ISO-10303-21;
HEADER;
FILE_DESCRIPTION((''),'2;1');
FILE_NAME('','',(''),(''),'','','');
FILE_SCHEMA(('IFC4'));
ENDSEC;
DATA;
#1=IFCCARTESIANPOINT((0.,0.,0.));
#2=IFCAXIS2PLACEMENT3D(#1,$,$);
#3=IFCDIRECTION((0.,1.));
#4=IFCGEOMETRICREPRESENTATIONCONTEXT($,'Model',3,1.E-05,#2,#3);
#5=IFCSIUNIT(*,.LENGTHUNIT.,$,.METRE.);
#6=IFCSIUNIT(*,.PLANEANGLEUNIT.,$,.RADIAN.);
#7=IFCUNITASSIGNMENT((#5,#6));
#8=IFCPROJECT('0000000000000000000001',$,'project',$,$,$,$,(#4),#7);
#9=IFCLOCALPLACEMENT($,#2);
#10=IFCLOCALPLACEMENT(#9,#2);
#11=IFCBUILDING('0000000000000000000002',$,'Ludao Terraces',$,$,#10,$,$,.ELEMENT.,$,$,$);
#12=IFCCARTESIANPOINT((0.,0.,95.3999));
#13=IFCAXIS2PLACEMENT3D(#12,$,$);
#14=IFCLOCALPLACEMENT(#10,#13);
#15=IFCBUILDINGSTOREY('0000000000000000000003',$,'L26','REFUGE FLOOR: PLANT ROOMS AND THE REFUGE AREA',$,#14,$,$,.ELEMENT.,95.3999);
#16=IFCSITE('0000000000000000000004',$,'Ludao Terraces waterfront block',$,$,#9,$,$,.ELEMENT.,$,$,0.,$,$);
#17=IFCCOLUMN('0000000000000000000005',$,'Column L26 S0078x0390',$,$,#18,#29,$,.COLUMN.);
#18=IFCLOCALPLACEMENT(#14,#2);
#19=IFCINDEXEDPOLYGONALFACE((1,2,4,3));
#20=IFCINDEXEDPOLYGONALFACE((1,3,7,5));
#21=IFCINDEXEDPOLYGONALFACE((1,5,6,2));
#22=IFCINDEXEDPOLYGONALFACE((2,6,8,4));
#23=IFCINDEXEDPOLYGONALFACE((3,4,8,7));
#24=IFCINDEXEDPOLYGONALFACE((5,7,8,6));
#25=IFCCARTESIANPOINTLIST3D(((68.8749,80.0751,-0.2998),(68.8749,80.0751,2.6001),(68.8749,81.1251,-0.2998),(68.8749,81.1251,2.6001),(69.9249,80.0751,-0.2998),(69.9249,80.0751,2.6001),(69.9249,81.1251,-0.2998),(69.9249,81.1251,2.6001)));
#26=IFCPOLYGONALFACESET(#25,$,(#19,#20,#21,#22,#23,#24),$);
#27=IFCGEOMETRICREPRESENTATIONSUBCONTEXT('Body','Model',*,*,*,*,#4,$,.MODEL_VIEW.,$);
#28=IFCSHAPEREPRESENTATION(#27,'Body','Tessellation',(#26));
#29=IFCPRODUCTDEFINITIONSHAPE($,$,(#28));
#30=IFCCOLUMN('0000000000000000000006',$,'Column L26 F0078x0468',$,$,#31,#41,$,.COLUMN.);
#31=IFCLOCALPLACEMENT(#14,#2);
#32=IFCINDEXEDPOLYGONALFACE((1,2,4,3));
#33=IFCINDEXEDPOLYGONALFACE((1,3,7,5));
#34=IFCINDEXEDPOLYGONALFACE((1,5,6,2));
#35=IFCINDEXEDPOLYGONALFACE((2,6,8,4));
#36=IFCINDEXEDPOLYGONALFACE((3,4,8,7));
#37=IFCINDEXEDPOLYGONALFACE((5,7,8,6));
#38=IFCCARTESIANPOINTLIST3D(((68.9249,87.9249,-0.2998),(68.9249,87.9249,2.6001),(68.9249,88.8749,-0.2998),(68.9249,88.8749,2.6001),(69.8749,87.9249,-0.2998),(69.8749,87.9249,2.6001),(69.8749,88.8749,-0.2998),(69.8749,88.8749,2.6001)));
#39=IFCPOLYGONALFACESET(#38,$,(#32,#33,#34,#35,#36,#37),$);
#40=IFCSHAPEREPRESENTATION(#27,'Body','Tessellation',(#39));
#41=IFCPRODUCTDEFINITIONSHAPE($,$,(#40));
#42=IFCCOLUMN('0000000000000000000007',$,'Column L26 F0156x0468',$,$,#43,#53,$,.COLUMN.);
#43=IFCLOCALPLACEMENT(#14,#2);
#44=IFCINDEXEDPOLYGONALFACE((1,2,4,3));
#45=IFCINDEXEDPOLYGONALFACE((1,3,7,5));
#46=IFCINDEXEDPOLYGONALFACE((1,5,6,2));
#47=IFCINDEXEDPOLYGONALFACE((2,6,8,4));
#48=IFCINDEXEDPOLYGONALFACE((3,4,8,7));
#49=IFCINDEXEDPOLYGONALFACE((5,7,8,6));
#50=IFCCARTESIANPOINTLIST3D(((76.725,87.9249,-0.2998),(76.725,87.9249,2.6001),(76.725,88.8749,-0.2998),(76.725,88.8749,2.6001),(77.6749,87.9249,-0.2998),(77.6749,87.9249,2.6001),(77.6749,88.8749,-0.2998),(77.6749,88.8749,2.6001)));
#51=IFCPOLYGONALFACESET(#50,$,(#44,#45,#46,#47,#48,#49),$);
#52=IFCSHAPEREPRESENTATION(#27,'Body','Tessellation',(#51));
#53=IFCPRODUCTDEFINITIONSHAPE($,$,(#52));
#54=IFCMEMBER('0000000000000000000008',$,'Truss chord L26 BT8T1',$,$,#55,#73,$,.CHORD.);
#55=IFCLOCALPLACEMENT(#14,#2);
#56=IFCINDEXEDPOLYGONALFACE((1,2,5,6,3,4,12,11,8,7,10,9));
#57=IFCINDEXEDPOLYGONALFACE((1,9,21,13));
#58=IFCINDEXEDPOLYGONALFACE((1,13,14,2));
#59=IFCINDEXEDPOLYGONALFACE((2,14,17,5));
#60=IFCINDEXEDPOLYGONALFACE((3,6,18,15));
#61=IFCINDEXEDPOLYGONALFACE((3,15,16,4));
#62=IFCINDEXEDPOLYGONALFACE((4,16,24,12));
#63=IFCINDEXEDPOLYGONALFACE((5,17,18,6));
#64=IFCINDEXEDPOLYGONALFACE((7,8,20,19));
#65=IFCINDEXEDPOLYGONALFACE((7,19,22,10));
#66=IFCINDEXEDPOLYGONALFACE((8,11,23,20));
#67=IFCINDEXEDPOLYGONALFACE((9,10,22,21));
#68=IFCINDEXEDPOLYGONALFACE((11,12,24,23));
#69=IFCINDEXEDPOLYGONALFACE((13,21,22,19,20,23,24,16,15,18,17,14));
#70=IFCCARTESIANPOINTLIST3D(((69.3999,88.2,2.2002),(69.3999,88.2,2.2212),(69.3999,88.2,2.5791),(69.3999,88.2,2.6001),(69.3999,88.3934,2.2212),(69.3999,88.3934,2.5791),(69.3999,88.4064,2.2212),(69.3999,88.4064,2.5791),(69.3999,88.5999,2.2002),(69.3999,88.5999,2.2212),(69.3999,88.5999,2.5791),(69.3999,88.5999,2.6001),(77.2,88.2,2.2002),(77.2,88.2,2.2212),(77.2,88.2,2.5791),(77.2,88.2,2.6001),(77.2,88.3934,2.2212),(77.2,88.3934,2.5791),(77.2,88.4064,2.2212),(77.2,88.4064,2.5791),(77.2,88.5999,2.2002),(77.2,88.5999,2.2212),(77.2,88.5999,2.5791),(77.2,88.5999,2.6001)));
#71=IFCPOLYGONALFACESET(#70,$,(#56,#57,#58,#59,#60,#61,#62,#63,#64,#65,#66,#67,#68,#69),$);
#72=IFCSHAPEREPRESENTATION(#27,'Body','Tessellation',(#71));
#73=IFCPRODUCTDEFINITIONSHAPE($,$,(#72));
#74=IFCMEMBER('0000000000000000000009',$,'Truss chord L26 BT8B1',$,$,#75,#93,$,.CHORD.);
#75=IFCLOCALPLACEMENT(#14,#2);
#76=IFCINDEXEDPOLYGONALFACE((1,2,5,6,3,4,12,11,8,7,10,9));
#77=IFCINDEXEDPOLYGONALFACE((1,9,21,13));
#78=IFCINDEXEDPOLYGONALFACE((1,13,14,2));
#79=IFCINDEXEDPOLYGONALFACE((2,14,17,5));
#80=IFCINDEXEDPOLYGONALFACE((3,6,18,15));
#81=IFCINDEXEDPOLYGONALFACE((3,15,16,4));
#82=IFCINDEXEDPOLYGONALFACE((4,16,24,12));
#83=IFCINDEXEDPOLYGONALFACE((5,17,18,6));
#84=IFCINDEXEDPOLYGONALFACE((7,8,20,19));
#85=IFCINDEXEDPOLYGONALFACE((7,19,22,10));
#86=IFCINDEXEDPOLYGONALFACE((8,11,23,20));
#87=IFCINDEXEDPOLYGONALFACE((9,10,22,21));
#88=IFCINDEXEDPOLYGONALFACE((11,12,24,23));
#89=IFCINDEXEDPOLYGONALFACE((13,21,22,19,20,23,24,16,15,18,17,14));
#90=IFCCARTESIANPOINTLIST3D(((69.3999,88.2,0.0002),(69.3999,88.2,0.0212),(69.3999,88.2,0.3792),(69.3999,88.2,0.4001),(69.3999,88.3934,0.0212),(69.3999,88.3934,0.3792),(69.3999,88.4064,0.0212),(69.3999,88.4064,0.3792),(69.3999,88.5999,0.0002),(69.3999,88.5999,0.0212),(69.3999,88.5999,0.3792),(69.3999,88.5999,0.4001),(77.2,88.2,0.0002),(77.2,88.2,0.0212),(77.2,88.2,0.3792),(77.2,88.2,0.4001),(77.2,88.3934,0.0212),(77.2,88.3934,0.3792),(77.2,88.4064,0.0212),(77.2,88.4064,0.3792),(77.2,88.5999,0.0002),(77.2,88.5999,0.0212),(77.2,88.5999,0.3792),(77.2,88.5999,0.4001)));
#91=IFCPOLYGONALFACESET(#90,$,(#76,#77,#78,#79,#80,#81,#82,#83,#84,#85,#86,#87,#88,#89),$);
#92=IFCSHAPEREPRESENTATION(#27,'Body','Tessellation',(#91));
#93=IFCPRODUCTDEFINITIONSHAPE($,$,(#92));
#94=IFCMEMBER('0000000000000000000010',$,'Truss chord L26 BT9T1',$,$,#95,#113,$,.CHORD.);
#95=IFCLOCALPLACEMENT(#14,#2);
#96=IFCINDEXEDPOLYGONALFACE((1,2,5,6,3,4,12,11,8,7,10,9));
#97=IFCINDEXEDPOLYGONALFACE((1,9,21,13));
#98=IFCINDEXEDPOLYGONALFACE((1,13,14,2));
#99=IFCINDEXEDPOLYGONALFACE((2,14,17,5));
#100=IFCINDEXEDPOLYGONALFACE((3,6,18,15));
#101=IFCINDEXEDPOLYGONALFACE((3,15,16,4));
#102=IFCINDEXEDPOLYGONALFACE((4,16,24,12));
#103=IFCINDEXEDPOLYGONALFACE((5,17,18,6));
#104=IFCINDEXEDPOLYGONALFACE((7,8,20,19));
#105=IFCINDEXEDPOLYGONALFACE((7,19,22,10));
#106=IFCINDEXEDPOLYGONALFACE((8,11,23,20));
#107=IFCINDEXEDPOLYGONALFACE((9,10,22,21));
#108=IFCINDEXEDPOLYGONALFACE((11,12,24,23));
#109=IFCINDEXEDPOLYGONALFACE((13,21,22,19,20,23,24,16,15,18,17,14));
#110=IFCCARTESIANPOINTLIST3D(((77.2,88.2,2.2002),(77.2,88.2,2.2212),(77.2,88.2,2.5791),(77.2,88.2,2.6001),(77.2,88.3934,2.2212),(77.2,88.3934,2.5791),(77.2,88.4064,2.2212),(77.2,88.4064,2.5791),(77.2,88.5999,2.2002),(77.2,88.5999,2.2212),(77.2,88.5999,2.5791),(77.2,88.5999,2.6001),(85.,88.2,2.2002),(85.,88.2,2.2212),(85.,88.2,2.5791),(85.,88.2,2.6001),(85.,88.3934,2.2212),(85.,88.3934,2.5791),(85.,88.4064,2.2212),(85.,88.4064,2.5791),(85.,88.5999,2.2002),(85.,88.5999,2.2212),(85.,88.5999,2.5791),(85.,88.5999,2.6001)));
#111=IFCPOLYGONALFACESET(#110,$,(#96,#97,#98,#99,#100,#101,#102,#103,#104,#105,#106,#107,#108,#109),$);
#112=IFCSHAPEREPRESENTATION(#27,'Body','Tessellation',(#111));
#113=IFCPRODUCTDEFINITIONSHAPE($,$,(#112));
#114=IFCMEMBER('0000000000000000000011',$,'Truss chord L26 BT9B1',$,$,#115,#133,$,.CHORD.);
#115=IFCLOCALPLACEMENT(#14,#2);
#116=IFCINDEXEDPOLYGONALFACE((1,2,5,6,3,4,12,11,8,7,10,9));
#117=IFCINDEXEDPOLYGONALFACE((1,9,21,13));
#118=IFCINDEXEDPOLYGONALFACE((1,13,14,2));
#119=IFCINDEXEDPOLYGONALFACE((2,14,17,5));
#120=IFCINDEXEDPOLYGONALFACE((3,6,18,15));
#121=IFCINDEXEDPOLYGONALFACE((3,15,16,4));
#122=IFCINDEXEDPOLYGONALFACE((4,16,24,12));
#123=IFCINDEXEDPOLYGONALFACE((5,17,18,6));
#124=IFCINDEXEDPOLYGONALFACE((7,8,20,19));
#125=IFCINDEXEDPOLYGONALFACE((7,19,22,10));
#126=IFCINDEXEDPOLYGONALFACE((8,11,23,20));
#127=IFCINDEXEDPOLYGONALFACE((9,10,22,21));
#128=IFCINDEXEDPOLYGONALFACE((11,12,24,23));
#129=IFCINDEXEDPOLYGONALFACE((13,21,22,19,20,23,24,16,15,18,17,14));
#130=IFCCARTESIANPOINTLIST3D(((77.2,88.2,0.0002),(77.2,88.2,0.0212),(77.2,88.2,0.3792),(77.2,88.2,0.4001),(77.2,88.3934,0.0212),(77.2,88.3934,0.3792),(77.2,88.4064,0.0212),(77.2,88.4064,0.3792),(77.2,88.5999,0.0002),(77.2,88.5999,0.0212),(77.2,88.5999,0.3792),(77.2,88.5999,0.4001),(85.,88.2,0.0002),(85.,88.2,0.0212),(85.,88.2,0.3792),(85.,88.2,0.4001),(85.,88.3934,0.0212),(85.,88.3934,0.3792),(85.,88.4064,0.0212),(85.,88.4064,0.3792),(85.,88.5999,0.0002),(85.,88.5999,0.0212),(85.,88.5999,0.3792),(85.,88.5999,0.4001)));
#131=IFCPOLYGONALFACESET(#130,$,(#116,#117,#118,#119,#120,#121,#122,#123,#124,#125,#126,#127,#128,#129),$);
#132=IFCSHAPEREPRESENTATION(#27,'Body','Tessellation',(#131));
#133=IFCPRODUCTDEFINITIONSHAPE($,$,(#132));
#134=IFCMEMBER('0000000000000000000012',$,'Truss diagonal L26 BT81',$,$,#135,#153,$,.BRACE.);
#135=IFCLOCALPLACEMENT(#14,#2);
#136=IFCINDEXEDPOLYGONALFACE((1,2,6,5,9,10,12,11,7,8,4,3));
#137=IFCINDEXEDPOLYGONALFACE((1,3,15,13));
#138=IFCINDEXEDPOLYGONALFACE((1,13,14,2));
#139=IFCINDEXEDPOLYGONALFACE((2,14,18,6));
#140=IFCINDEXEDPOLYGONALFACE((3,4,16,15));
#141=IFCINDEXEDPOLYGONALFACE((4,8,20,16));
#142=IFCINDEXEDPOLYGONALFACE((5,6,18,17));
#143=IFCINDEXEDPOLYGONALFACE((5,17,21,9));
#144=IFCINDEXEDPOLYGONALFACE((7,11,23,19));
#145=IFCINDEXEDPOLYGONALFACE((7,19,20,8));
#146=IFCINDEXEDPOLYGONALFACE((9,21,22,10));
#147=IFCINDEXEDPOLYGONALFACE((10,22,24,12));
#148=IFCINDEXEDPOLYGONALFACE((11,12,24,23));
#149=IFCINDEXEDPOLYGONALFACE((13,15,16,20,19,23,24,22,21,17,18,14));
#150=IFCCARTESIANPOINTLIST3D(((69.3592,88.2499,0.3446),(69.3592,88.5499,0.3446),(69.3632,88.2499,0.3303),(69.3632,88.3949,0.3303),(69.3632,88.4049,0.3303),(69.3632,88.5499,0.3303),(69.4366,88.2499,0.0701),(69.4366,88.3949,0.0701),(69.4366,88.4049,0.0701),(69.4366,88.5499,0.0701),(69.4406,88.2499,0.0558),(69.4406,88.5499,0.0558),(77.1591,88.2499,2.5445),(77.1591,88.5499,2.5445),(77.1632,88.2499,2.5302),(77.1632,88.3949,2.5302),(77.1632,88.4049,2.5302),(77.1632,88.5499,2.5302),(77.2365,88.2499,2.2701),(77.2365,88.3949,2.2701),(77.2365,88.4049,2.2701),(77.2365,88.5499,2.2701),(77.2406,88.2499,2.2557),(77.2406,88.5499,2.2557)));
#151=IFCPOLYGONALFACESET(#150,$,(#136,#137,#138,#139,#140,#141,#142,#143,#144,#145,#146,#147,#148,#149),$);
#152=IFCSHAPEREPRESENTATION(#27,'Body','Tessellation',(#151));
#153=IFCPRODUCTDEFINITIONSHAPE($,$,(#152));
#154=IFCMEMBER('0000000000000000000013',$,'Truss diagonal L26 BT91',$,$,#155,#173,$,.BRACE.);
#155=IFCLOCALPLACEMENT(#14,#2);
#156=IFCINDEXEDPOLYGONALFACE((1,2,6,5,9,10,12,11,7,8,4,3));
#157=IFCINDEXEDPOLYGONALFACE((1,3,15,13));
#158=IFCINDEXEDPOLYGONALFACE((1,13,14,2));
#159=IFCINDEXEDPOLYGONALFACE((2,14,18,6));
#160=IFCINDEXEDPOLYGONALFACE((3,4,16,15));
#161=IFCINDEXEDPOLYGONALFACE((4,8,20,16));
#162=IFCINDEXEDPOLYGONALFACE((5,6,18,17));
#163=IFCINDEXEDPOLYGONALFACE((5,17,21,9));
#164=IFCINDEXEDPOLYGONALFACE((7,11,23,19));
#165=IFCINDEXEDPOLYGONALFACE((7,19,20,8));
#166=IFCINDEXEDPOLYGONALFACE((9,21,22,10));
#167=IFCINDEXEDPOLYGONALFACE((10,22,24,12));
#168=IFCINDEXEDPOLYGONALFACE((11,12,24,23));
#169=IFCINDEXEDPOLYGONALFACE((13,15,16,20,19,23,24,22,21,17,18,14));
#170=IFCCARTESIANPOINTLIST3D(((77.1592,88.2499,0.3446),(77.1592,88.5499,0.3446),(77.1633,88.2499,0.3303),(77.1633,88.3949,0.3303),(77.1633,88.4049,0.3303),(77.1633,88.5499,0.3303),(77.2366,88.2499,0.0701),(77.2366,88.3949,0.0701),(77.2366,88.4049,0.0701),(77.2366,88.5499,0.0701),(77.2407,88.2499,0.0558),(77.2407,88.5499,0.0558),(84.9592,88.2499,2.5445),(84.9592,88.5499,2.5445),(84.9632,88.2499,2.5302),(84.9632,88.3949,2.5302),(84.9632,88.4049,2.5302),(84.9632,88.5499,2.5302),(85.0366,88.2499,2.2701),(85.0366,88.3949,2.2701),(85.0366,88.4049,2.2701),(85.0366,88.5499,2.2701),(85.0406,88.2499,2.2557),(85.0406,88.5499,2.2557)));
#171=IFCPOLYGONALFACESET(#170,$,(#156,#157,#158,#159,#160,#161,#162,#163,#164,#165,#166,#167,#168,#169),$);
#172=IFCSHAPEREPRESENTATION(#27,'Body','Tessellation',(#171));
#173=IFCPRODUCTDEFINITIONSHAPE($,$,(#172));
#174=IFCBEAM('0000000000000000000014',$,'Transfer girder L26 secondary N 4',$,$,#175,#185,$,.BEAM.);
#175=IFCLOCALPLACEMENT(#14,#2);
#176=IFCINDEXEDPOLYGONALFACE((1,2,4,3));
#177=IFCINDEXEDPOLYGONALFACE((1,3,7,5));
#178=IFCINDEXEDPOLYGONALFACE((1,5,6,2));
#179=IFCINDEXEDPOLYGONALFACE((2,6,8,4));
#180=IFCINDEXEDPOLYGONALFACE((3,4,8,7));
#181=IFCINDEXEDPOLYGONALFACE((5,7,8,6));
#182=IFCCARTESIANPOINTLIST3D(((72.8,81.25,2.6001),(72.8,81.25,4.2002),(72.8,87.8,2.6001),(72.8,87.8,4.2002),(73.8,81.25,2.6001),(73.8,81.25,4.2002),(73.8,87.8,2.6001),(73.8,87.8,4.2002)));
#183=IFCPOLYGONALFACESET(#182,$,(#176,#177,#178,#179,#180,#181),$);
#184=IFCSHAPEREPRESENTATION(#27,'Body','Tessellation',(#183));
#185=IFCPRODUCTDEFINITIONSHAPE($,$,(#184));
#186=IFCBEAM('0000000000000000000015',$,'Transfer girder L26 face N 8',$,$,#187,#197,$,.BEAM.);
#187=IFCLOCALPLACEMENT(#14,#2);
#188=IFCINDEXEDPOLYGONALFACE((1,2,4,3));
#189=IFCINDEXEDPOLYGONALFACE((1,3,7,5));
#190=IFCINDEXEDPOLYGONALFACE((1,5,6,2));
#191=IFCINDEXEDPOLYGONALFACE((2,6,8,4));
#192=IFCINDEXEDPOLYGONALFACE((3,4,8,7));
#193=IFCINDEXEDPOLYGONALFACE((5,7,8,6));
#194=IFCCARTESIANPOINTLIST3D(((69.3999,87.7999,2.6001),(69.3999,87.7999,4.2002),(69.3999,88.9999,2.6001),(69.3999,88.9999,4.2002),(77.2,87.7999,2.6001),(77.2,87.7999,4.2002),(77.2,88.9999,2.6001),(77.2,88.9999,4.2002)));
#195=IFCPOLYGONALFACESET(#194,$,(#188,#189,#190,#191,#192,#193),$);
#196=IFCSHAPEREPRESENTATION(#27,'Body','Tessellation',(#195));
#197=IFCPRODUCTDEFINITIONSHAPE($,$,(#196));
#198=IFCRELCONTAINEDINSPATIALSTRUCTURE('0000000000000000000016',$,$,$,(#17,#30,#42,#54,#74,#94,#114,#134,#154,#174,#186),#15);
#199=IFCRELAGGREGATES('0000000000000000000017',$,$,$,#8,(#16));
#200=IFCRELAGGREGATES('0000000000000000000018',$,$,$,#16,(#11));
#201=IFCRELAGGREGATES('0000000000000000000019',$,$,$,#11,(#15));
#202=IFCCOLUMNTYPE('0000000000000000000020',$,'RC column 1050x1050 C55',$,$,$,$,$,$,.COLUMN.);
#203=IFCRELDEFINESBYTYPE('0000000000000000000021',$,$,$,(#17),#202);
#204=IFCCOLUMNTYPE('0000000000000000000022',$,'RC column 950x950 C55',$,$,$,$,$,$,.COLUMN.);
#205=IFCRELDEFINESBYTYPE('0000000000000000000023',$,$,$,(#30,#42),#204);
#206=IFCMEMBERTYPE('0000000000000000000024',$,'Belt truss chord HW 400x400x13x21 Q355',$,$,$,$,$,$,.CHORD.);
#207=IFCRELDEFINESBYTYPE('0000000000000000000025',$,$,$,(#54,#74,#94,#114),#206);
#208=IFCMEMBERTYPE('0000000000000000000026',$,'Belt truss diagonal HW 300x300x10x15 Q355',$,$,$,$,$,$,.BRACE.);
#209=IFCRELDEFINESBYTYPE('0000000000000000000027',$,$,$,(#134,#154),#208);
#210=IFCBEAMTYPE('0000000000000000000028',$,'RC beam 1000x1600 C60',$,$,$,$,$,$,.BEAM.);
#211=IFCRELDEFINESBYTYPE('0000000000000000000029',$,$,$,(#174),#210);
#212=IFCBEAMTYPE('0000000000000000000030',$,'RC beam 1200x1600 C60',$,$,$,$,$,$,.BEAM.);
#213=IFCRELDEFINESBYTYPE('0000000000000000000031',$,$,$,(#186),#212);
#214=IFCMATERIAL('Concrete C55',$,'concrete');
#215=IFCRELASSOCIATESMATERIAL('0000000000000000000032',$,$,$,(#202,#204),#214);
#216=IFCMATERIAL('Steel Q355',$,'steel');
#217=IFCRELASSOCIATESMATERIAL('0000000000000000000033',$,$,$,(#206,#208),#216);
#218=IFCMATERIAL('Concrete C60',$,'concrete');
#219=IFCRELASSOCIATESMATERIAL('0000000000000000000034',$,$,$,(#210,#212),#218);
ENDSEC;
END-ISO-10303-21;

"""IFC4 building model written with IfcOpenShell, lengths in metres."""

from ifc_helpers import new_model, si_unit, direction, frame, origin, origin_2d, place, context, subcontext, project, spatial, rectangle, i_section, extrude, material, material_profile, profile_set, type_object, element, save


model = new_model("IFC4")

# Units and contexts
model_context = context("Model", 3, precision=1e-05, world=origin(), true_north=direction((0.0, 1.0)))
body_context = subcontext(model_context, "Body", "Model", "MODEL_VIEW")
ifc_project = project(units=[si_unit("LENGTHUNIT", "METRE"), si_unit("PLANEANGLEUNIT", "RADIAN")], contexts=[model_context])

# Site, building, storey
site_placement = place(None, origin())
site = spatial("IfcSite", under=ifc_project, at=site_placement, Name="Ludao Terraces waterfront block", CompositionType="ELEMENT", RefElevation=0.0)
building_placement = place(site_placement, origin())
building = spatial("IfcBuilding", under=site, at=building_placement, Name="Ludao Terraces", CompositionType="ELEMENT")
storey_placement = place(building_placement, frame((0.0, 0.0, 95.3999)))
storey = spatial("IfcBuildingStorey", under=building, at=storey_placement, Name="L26", Description="REFUGE FLOOR: PLANT ROOMS AND THE REFUGE AREA", CompositionType="ELEMENT", Elevation=95.3999)

# Columns
ifc_material_1 = material(Name="Concrete C55", Category="concrete")
ifc_material_profile_1 = material_profile(ifc_material_1, rectangle(XDim=1.05, YDim=1.05, at=origin_2d()), Name="1050 X 1050")
ifc_profile_set_1 = profile_set([ifc_material_profile_1], Name="Concrete C55")
column_type_1 = type_object("IfcColumnType", Name="RC column 1050x1050 C55", PredefinedType="COLUMN", material=ifc_profile_set_1)
column_placement = place(storey_placement, frame((69.3999, 80.6001, -0.2998), z_axis=(0.0, 0.0, 1.0), x_axis=(1.0, 0.0, 0.0)))
element("IfcColumn", 1, at=column_placement, inside=storey, type_object=column_type_1, Name="Column L26 S0078x0390", PredefinedType="COLUMN", context=body_context, shape_type="SweptSolid", body=[
    extrude(rectangle(XDim=1.05, YDim=1.05, at=origin_2d()), origin(), (0.0, 0.0, 1.0), 2.8999),
])
ifc_material_profile_2 = material_profile(ifc_material_1, rectangle(XDim=0.95, YDim=0.95, at=origin_2d()), Name="950 X 950")
ifc_profile_set_2 = profile_set([ifc_material_profile_2], Name="Concrete C55")
column_type_2 = type_object("IfcColumnType", Name="RC column 950x950 C55", PredefinedType="COLUMN", material=ifc_profile_set_2)
for number, where, z_axis, x_axis, name in (
    (2, (69.3999, 88.3999, -0.2998), (0.0, 0.0, 1.0), (1.0, 0.0, 0.0), "Column L26 F0078x0468"),
    (3, (77.2, 88.3999, -0.2998), (0.0, 0.0, 1.0), (1.0, 0.0, 0.0), "Column L26 F0156x0468"),
):
    element("IfcColumn", number, at=place(storey_placement, frame(where, z_axis=z_axis, x_axis=x_axis)), inside=storey, type_object=column_type_2, Name=name, PredefinedType="COLUMN", context=body_context, shape_type="SweptSolid", body=[
        extrude(rectangle(XDim=0.95, YDim=0.95, at=origin_2d()), origin(), (0.0, 0.0, 1.0), 2.8999),
    ])

# Members
ifc_material_2 = material(Name="Steel Q355", Category="steel")
ifc_material_profile_3 = material_profile(ifc_material_2, i_section(OverallWidth=0.3999, OverallDepth=0.3999, WebThickness=0.0129, FlangeThickness=0.021, at=origin_2d()), Name="HW 400X400X13X21")
ifc_profile_set_3 = profile_set([ifc_material_profile_3], Name="Steel Q355")
member_type_1 = type_object("IfcMemberType", Name="Belt truss chord HW 400x400x13x21 Q355", PredefinedType="CHORD", material=ifc_profile_set_3)
for number, where, z_axis, x_axis, name in (
    (4, (69.3999, 88.3999, 2.4001), (1.0, 0.0, 0.0), (0.0, 1.0, 0.0), "Truss chord L26 BT8T1"),
    (5, (69.3999, 88.3999, 0.2002), (1.0, 0.0, 0.0), (0.0, 1.0, 0.0), "Truss chord L26 BT8B1"),
    (6, (77.2, 88.3999, 2.4001), (1.0, 0.0, 0.0), (0.0, 1.0, 0.0), "Truss chord L26 BT9T1"),
    (7, (77.2, 88.3999, 0.2002), (1.0, 0.0, 0.0), (0.0, 1.0, 0.0), "Truss chord L26 BT9B1"),
):
    element("IfcMember", number, at=place(storey_placement, frame(where, z_axis=z_axis, x_axis=x_axis)), inside=storey, type_object=member_type_1, Name=name, PredefinedType="CHORD", context=body_context, shape_type="SweptSolid", body=[
        extrude(i_section(OverallWidth=0.3999, OverallDepth=0.3999, WebThickness=0.0129, FlangeThickness=0.021, at=origin_2d()), origin(), (0.0, 0.0, 1.0), 7.8),
    ])
ifc_material_profile_4 = material_profile(ifc_material_2, i_section(OverallWidth=0.3, OverallDepth=0.3, WebThickness=0.01, FlangeThickness=0.0149, at=origin_2d()), Name="HW 300X300X10X15")
ifc_profile_set_4 = profile_set([ifc_material_profile_4], Name="Steel Q355")
member_type_2 = type_object("IfcMemberType", Name="Belt truss diagonal HW 300x300x10x15 Q355", PredefinedType="BRACE", material=ifc_profile_set_4)
for number, where, z_axis, x_axis, name in (
    (8, (69.3999, 88.3999, 0.2002), (0.962452, 0.0, 0.271453), (0.0, 1.0, 0.0), "Truss diagonal L26 BT81"),
    (9, (77.2, 88.3999, 0.2002), (0.962452, 0.0, 0.271453), (0.0, 1.0, 0.0), "Truss diagonal L26 BT91"),
):
    element("IfcMember", number, at=place(storey_placement, frame(where, z_axis=z_axis, x_axis=x_axis)), inside=storey, type_object=member_type_2, Name=name, PredefinedType="BRACE", context=body_context, shape_type="SweptSolid", body=[
        extrude(i_section(OverallWidth=0.3, OverallDepth=0.3, WebThickness=0.01, FlangeThickness=0.0149, at=origin_2d()), origin(), (0.0, 0.0, 1.0), 8.1042),
    ])

# Beams
ifc_material_3 = material(Name="Concrete C60", Category="concrete")
ifc_material_profile_5 = material_profile(ifc_material_3, rectangle(XDim=1.0, YDim=1.6001, at=origin_2d()), Name="1000 X 1600")
ifc_profile_set_5 = profile_set([ifc_material_profile_5], Name="Concrete C60")
beam_type_1 = type_object("IfcBeamType", Name="RC beam 1000x1600 C60", PredefinedType="BEAM", material=ifc_profile_set_5)
beam_1_placement = place(storey_placement, frame((73.3, 87.8, 3.4001), z_axis=(0.0, -1.0, 0.0), x_axis=(1.0, 0.0, 0.0)))
element("IfcBeam", 10, at=beam_1_placement, inside=storey, type_object=beam_type_1, Name="Transfer girder L26 secondary N 4", PredefinedType="BEAM", context=body_context, shape_type="SweptSolid", body=[
    extrude(rectangle(XDim=1.0, YDim=1.6001, at=origin_2d()), origin(), (0.0, 0.0, 1.0), 6.55),
])
ifc_material_profile_6 = material_profile(ifc_material_3, rectangle(XDim=1.2, YDim=1.6001, at=origin_2d()), Name="1200 X 1600")
ifc_profile_set_6 = profile_set([ifc_material_profile_6], Name="Concrete C60")
beam_type_2 = type_object("IfcBeamType", Name="RC beam 1200x1600 C60", PredefinedType="BEAM", material=ifc_profile_set_6)
for number, where, z_axis, x_axis, name in (
    (11, (69.3999, 88.3999, 3.4001), (1.0, 0.0, 0.0), (0.0, 1.0, 0.0), "Transfer girder L26 face N 8"),
):
    element("IfcBeam", number, at=place(storey_placement, frame(where, z_axis=z_axis, x_axis=x_axis)), inside=storey, type_object=beam_type_2, Name=name, PredefinedType="BEAM", context=body_context, shape_type="SweptSolid", body=[
        extrude(rectangle(XDim=1.2, YDim=1.6001, at=origin_2d()), origin(), (0.0, 0.0, 1.0), 7.8),
    ])

save(model, "model.ifc")
